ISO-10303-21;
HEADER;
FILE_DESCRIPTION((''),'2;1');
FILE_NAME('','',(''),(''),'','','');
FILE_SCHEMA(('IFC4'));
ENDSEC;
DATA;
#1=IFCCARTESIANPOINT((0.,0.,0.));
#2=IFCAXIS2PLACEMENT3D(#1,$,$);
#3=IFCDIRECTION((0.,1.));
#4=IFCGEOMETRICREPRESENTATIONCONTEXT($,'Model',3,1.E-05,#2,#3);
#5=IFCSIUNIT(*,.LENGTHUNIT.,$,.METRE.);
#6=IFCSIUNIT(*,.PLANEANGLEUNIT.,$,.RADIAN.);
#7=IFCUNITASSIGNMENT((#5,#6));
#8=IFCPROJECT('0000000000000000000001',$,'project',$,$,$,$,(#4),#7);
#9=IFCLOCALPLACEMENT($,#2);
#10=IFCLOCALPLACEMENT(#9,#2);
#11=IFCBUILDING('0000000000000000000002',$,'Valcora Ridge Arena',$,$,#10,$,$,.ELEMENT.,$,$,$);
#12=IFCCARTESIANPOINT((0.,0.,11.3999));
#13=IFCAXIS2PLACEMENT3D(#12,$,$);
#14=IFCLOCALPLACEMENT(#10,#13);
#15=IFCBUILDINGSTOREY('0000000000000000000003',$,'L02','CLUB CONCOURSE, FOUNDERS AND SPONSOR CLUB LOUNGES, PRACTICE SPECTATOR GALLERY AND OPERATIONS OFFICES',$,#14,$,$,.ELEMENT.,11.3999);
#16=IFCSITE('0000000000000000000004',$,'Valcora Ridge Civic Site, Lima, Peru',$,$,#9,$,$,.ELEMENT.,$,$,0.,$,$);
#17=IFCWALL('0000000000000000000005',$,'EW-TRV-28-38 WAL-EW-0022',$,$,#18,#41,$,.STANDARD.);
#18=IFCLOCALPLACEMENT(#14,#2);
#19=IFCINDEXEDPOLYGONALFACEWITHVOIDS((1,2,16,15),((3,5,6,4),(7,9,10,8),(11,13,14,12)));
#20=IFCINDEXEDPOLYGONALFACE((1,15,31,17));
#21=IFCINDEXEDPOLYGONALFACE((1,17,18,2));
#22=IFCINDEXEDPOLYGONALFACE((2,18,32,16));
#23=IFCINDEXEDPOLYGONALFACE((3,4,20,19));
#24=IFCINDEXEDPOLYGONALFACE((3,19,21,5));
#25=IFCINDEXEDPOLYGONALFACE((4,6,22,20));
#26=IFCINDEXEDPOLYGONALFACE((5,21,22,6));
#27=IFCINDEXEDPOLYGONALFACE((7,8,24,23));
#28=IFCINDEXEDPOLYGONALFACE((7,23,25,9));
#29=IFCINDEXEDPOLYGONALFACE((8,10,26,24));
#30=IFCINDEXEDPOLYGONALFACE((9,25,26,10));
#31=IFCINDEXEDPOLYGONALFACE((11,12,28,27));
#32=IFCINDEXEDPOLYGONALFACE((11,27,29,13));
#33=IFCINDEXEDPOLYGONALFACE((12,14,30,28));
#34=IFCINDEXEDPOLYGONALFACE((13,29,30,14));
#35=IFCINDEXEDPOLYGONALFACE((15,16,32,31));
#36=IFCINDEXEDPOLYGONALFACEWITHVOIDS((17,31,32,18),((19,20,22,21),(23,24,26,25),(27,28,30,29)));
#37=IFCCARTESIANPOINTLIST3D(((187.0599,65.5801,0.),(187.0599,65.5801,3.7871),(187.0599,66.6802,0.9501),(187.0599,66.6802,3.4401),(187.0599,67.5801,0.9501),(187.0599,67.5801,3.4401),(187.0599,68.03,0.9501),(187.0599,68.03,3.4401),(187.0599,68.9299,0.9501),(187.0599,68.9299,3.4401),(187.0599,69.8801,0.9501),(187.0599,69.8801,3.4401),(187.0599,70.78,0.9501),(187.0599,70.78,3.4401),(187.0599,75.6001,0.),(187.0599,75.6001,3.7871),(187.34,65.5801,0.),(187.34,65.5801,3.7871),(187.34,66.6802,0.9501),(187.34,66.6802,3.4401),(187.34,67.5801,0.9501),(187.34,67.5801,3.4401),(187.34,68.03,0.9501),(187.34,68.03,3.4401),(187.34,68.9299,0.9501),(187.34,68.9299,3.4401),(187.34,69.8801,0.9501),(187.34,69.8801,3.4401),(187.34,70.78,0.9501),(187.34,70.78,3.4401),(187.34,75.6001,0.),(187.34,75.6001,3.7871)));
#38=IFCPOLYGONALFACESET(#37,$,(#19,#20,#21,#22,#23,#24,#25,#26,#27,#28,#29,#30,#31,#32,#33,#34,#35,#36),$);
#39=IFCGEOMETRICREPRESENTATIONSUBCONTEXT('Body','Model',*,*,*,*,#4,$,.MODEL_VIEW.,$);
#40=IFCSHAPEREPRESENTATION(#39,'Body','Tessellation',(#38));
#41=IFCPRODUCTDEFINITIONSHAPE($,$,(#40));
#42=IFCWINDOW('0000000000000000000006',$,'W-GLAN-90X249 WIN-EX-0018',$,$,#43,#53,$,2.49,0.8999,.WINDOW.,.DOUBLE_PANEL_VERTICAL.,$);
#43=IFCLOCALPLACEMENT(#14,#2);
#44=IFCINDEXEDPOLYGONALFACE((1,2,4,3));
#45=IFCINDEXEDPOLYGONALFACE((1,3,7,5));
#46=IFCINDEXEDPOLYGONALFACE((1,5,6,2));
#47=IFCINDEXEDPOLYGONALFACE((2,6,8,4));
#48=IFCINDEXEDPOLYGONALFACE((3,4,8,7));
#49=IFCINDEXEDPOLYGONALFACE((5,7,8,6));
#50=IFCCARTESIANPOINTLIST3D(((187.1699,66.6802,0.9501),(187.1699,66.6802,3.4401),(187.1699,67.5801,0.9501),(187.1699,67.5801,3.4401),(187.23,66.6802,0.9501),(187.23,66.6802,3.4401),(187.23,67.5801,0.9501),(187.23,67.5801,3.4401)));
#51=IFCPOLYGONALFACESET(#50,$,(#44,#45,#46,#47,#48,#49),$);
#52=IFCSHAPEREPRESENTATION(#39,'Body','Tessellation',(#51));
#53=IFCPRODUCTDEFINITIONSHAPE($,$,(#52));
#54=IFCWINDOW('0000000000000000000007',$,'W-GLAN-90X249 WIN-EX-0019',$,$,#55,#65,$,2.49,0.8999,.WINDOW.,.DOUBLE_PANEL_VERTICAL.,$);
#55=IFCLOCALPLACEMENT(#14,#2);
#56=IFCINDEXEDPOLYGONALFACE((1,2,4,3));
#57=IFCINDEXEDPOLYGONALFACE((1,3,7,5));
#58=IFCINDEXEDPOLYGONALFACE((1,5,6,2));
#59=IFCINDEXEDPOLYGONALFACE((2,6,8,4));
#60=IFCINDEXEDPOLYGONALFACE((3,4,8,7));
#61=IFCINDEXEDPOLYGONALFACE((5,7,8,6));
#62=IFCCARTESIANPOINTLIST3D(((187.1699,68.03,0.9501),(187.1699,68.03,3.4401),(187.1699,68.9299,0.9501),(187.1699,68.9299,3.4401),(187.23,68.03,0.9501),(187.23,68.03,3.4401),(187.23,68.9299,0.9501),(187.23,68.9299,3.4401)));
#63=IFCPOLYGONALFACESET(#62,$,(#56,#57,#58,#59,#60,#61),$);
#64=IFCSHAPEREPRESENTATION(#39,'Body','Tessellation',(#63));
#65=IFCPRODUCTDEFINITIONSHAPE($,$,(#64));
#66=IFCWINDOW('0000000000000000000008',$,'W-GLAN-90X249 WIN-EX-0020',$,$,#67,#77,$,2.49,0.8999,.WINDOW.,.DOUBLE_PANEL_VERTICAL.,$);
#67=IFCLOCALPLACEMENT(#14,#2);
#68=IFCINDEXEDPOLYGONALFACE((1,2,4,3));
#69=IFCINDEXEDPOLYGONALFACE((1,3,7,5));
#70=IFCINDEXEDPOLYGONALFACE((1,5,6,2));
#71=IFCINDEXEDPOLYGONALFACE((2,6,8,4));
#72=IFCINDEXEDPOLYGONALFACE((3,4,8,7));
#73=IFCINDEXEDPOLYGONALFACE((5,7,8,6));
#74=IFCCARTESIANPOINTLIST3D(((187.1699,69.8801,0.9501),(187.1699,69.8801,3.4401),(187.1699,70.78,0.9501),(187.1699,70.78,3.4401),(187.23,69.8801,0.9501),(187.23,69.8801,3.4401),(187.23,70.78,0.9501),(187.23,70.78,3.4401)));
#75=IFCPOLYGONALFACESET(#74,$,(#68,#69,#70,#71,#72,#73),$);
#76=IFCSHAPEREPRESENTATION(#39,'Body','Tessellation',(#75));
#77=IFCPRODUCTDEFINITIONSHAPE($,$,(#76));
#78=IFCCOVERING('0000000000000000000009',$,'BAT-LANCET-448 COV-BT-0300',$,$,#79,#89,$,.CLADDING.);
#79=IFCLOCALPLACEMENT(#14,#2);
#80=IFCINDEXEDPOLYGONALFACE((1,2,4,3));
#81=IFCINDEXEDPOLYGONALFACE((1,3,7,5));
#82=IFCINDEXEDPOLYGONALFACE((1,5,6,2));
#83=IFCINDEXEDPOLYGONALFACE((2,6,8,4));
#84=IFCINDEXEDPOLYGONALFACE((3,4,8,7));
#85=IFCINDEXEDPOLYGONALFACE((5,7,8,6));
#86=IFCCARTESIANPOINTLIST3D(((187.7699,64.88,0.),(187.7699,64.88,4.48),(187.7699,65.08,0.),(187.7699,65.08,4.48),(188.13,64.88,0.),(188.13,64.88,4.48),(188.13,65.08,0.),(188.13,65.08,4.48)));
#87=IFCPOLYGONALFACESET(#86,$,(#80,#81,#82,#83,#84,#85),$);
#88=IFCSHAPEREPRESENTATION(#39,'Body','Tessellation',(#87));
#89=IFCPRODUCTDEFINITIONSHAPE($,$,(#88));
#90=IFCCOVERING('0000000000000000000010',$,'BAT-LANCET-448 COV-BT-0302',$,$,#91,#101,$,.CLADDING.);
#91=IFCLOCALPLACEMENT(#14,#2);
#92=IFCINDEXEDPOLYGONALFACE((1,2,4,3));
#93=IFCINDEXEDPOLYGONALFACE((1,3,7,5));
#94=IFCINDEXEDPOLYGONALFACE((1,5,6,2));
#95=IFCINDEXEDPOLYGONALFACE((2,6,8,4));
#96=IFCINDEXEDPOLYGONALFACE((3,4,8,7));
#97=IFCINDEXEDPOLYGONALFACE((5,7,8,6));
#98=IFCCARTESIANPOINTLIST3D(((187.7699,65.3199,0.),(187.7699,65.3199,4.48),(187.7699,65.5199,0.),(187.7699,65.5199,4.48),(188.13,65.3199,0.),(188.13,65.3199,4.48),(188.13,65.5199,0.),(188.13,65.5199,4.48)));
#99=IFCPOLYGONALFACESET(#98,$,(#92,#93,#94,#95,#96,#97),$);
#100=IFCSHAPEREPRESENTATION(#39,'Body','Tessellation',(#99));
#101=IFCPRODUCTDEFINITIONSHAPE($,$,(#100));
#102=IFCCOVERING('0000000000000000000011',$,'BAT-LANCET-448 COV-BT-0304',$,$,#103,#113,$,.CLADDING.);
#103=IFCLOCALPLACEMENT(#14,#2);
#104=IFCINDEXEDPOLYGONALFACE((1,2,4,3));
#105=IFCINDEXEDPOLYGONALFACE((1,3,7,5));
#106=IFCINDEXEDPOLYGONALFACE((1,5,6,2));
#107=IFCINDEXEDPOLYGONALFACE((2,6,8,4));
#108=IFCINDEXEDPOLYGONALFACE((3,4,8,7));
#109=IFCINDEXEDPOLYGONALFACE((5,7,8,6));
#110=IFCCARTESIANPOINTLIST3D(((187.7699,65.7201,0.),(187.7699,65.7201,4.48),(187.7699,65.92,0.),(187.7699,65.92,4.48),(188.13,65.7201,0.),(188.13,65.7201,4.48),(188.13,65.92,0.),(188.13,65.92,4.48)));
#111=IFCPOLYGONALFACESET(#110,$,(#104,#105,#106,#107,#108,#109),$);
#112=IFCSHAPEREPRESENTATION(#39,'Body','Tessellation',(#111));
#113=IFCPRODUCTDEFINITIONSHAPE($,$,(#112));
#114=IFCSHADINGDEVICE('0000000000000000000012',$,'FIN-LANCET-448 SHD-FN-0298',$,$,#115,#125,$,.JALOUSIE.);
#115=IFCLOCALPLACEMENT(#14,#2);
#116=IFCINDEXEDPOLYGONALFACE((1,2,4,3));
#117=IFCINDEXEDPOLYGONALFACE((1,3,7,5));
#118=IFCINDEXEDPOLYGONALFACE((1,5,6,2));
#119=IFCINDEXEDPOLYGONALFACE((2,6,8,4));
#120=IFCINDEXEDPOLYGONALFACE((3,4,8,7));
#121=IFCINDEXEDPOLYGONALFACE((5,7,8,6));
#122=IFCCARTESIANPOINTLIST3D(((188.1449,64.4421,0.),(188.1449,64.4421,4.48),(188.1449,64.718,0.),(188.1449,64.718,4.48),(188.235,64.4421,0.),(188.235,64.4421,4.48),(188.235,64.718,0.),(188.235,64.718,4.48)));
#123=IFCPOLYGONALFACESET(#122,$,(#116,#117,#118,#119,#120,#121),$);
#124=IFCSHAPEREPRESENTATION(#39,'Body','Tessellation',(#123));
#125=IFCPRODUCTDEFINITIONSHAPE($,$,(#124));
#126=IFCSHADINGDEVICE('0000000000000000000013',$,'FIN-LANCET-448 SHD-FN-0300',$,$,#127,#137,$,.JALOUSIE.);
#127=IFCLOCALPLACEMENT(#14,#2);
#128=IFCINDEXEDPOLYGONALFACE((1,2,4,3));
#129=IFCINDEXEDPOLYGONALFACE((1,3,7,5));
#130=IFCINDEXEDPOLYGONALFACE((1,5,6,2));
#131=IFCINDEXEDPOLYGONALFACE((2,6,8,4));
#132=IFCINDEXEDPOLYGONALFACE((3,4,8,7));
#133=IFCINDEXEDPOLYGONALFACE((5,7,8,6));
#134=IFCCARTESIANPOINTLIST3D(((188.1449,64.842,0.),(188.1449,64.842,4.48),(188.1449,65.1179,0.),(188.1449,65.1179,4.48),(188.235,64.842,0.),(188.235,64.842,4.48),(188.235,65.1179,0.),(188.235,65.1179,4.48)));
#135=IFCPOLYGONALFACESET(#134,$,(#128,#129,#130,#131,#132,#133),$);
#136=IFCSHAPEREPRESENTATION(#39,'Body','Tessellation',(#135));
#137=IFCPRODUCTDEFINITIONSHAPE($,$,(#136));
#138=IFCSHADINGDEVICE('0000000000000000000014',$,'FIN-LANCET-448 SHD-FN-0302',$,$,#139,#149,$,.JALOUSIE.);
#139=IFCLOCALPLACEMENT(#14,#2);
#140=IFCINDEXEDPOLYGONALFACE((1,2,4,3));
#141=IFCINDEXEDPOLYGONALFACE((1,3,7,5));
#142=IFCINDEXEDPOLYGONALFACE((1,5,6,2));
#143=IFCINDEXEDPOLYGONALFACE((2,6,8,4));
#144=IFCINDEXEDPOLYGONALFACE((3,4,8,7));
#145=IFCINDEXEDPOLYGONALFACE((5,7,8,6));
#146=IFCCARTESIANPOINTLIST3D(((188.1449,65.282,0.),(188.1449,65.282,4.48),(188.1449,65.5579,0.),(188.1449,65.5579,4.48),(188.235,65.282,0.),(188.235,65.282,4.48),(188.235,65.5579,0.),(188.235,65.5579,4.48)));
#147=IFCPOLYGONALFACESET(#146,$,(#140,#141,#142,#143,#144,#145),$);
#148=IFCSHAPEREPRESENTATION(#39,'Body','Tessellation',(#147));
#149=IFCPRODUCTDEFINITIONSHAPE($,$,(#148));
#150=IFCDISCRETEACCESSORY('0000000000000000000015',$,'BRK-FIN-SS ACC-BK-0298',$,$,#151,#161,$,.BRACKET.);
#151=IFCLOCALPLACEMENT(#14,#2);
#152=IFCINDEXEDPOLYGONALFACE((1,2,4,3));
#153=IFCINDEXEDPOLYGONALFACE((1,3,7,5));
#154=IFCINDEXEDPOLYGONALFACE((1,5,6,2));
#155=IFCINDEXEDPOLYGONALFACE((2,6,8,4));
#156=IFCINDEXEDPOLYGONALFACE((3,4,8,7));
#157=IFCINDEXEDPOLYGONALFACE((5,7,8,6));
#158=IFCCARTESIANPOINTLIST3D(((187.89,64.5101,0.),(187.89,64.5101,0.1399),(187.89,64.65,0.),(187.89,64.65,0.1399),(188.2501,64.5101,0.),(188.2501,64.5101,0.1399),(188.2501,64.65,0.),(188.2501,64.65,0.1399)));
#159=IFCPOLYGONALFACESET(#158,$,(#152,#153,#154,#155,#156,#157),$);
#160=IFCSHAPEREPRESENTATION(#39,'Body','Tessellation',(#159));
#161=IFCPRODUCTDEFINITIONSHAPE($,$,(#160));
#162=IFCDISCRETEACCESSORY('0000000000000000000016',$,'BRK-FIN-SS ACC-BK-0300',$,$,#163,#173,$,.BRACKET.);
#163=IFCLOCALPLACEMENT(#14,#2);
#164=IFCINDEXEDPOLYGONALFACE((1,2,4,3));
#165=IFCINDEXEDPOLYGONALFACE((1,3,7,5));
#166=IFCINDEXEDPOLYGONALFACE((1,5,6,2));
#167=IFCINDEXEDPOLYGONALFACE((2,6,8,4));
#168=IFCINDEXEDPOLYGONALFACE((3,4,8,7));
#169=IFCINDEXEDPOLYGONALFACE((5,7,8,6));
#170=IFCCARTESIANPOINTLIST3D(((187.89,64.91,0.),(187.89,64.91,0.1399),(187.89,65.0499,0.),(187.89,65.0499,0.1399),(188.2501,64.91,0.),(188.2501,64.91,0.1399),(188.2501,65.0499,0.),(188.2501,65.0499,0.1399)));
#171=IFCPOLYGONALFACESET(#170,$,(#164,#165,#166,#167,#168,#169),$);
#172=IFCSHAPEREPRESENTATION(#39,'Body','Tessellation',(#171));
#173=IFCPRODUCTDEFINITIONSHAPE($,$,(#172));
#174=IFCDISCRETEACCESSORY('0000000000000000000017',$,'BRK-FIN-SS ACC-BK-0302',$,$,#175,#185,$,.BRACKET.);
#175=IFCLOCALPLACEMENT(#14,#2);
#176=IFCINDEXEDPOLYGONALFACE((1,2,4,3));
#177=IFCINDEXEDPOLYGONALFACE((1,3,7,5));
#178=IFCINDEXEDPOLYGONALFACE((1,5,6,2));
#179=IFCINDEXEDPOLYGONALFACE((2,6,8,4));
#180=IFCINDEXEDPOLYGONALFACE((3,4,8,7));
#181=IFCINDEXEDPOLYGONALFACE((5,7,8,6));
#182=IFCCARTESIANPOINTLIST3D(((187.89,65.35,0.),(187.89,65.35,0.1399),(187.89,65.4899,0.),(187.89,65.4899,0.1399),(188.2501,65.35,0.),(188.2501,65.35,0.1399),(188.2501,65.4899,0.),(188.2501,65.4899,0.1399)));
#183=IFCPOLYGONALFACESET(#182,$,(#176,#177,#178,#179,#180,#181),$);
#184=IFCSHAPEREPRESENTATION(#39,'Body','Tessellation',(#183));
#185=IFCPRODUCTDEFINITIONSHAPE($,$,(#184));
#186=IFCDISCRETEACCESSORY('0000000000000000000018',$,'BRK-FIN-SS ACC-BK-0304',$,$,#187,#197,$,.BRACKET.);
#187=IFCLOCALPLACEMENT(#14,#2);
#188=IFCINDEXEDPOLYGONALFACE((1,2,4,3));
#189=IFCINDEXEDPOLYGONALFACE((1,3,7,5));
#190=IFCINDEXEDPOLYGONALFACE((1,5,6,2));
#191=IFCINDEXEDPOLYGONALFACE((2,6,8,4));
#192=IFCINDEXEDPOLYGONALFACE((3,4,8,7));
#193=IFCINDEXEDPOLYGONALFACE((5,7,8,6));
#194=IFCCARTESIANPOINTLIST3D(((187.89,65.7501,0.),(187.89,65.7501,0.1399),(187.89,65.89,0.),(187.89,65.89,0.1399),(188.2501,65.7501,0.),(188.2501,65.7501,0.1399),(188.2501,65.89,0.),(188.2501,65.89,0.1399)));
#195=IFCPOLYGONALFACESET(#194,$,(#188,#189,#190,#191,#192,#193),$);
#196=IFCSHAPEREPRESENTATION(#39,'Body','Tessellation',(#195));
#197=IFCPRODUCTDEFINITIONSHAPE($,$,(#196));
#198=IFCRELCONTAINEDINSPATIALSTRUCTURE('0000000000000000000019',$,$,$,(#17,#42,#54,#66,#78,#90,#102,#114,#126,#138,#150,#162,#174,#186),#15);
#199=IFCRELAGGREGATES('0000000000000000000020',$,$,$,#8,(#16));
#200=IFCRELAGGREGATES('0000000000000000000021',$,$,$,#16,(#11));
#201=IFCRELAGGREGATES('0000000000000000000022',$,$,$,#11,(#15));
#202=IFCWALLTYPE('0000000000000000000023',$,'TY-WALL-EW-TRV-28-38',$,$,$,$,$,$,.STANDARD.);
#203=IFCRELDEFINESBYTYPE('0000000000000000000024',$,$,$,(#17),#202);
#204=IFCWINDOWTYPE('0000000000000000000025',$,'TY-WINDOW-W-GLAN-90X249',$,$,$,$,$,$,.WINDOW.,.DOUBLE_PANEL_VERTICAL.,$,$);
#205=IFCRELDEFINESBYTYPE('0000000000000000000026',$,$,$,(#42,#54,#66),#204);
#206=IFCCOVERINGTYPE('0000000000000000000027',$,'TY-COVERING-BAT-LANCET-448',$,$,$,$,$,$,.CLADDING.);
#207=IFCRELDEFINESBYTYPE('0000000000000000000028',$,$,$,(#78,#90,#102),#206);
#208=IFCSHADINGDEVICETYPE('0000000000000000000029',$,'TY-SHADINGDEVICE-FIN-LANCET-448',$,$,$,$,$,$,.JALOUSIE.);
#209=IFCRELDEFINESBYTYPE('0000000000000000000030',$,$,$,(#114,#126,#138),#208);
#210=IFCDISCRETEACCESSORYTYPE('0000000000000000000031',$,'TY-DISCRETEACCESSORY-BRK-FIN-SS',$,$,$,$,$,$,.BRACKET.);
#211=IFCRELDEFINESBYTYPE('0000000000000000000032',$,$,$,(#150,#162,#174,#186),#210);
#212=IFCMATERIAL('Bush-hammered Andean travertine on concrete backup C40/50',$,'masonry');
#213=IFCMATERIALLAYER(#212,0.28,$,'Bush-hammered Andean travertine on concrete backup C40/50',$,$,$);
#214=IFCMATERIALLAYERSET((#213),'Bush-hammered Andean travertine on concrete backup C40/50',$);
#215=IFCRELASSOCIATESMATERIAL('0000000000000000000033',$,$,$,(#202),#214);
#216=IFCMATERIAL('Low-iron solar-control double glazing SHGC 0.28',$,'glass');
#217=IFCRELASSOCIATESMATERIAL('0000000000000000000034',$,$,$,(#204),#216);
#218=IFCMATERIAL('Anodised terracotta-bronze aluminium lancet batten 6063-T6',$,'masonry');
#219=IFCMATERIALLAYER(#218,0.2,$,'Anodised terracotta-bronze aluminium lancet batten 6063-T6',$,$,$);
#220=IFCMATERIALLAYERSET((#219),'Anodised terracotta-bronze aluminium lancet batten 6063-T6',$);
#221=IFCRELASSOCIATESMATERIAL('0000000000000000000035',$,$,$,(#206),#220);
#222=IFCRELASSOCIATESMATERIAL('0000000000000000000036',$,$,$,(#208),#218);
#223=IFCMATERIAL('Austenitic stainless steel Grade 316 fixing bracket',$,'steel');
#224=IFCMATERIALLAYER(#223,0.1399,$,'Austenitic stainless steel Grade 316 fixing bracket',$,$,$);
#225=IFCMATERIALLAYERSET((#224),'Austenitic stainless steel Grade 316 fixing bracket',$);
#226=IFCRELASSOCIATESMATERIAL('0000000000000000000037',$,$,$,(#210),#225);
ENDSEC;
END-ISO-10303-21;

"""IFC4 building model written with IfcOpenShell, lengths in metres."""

from ifc_helpers import new_model, si_unit, direction, frame, frame_2d, origin, origin_2d, place, context, subcontext, project, spatial, rectangle, extrude, material, layer, layer_set, material_profile, profile_set, type_object, element, fill, save


model = new_model("IFC4")

# Units and contexts
model_context = context("Model", 3, precision=1e-05, world=origin(), true_north=direction((0.0, 1.0)))
body_context = subcontext(model_context, "Body", "Model", "MODEL_VIEW")
ifc_project = project(units=[si_unit("LENGTHUNIT", "METRE"), si_unit("PLANEANGLEUNIT", "RADIAN")], contexts=[model_context])

# Site, building, storey
site_placement = place(None, origin())
site = spatial("IfcSite", under=ifc_project, at=site_placement, Name="Valcora Ridge Civic Site, Lima, Peru", CompositionType="ELEMENT", RefElevation=0.0)
building_placement = place(site_placement, origin())
building = spatial("IfcBuilding", under=site, at=building_placement, Name="Valcora Ridge Arena", CompositionType="ELEMENT")
storey_placement = place(building_placement, frame((0.0, 0.0, 11.3999)))
storey = spatial("IfcBuildingStorey", under=building, at=storey_placement, Name="L02", Description="CLUB CONCOURSE, FOUNDERS AND SPONSOR CLUB LOUNGES, PRACTICE SPECTATOR GALLERY AND OPERATIONS OFFICES", CompositionType="ELEMENT", Elevation=11.3999)

# Shared definitions
ifc_material_1 = material(Name="Low-iron solar-control double glazing SHGC 0.28", Category="glass")

# Wall, openings, windows
ifc_material_2 = material(Name="Bush-hammered Andean travertine on concrete backup C40/50", Category="masonry")
ifc_layer_1 = layer(ifc_material_2, 0.28, Name="Bush-hammered Andean travertine on concrete backup C40/50")
ifc_layer_set_1 = layer_set([ifc_layer_1], Name="Bush-hammered Andean travertine on concrete backup C40/50")
wall_type = type_object("IfcWallType", Name="TY-WALL-EW-TRV-28-38", PredefinedType="STANDARD", material=ifc_layer_set_1)
wall_placement = place(storey_placement, frame((187.2, 65.5801, 0.0), z_axis=(0.0, 0.0, 1.0), x_axis=(0.0, 1.0, 0.0)))
wall = element("IfcWall", 1, at=wall_placement, inside=storey, type_object=wall_type, Name="EW-TRV-28-38 WAL-EW-0022", PredefinedType="STANDARD", context=body_context, shape_type="SweptSolid", body=[
    extrude(rectangle(XDim=10.02, YDim=0.28, at=frame_2d((5.01, 0.0))), origin(), (0.0, 0.0, 1.0), 3.7871),
])
opening_1_placement = place(wall_placement, frame((1.1001, 0.0, 0.95)))
opening_1 = element("IfcOpeningElement", 2, at=opening_1_placement, cuts=wall, PredefinedType="OPENING", context=body_context, shape_type="SweptSolid", body=[
    extrude(rectangle(XDim=0.8999, YDim=2.49, at=frame_2d((0.45, 1.2451))), frame((0.0, 0.1499, 0.0), z_axis=(0.0, -1.0, 0.0), x_axis=(1.0, 0.0, 0.0)), (0.0, 0.0, 1.0), 0.3),
])
opening_2_placement = place(wall_placement, frame((2.45, 0.0, 0.95)))
opening_2 = element("IfcOpeningElement", 3, at=opening_2_placement, cuts=wall, PredefinedType="OPENING", context=body_context, shape_type="SweptSolid", body=[
    extrude(rectangle(XDim=0.8999, YDim=2.49, at=frame_2d((0.45, 1.2451))), frame((0.0, 0.1499, 0.0), z_axis=(0.0, -1.0, 0.0), x_axis=(1.0, 0.0, 0.0)), (0.0, 0.0, 1.0), 0.3),
])
opening_3_placement = place(wall_placement, frame((4.3, 0.0, 0.95)))
opening_3 = element("IfcOpeningElement", 4, at=opening_3_placement, cuts=wall, PredefinedType="OPENING", context=body_context, shape_type="SweptSolid", body=[
    extrude(rectangle(XDim=0.8999, YDim=2.49, at=frame_2d((0.45, 1.2451))), frame((0.0, 0.1499, 0.0), z_axis=(0.0, -1.0, 0.0), x_axis=(1.0, 0.0, 0.0)), (0.0, 0.0, 1.0), 0.3),
])
window_type = type_object("IfcWindowType", Name="TY-WINDOW-W-GLAN-90X249", PartitioningType="DOUBLE_PANEL_VERTICAL", PredefinedType="WINDOW", material=ifc_material_1)
window_1_placement = place(opening_1_placement, origin())
window_1 = element("IfcWindow", 5, at=window_1_placement, inside=storey, type_object=window_type, Name="W-GLAN-90X249 WIN-EX-0018", OverallHeight=2.49, OverallWidth=0.8999, PartitioningType="DOUBLE_PANEL_VERTICAL", PredefinedType="WINDOW", context=body_context, shape_type="SweptSolid", body=[
    extrude(rectangle(XDim=0.8999, YDim=2.49, at=frame_2d((0.45, 1.2451))), frame((0.0, 0.03, 0.0), z_axis=(0.0, -1.0, 0.0), x_axis=(1.0, 0.0, 0.0)), (0.0, 0.0, 1.0), 0.0601),
])
fill(opening_1, window_1)
window_2_placement = place(opening_2_placement, origin())
window_2 = element("IfcWindow", 6, at=window_2_placement, inside=storey, type_object=window_type, Name="W-GLAN-90X249 WIN-EX-0019", OverallHeight=2.49, OverallWidth=0.8999, PartitioningType="DOUBLE_PANEL_VERTICAL", PredefinedType="WINDOW", context=body_context, shape_type="SweptSolid", body=[
    extrude(rectangle(XDim=0.8999, YDim=2.49, at=frame_2d((0.45, 1.2451))), frame((0.0, 0.03, 0.0), z_axis=(0.0, -1.0, 0.0), x_axis=(1.0, 0.0, 0.0)), (0.0, 0.0, 1.0), 0.0601),
])
fill(opening_2, window_2)
window_3_placement = place(opening_3_placement, origin())
window_3 = element("IfcWindow", 7, at=window_3_placement, inside=storey, type_object=window_type, Name="W-GLAN-90X249 WIN-EX-0020", OverallHeight=2.49, OverallWidth=0.8999, PartitioningType="DOUBLE_PANEL_VERTICAL", PredefinedType="WINDOW", context=body_context, shape_type="SweptSolid", body=[
    extrude(rectangle(XDim=0.8999, YDim=2.49, at=frame_2d((0.45, 1.2451))), frame((0.0, 0.03, 0.0), z_axis=(0.0, -1.0, 0.0), x_axis=(1.0, 0.0, 0.0)), (0.0, 0.0, 1.0), 0.0601),
])
fill(opening_3, window_3)

# Coverings
ifc_material_3 = material(Name="Anodised terracotta-bronze aluminium lancet batten 6063-T6", Category="masonry")
ifc_layer_2 = layer(ifc_material_3, 0.2, Name="Anodised terracotta-bronze aluminium lancet batten 6063-T6")
ifc_layer_set_2 = layer_set([ifc_layer_2], Name="Anodised terracotta-bronze aluminium lancet batten 6063-T6")
covering_type = type_object("IfcCoveringType", Name="TY-COVERING-BAT-LANCET-448", PredefinedType="CLADDING", material=ifc_layer_set_2)
for number, where, z_axis, x_axis, name in (
    (8, (187.95, 64.98, 0.0), (0.0, 0.0, 1.0), (1.0, 0.0, 0.0), "BAT-LANCET-448 COV-BT-0300"),
    (9, (187.95, 65.4199, 0.0), (0.0, 0.0, 1.0), (1.0, 0.0, 0.0), "BAT-LANCET-448 COV-BT-0302"),
    (10, (187.95, 65.8201, 0.0), (0.0, 0.0, 1.0), (1.0, 0.0, 0.0), "BAT-LANCET-448 COV-BT-0304"),
):
    element("IfcCovering", number, at=place(storey_placement, frame(where, z_axis=z_axis, x_axis=x_axis)), inside=storey, type_object=covering_type, Name=name, PredefinedType="CLADDING", context=body_context, shape_type="SweptSolid", body=[
        extrude(rectangle(XDim=0.3601, YDim=0.2, at=origin_2d()), origin(), (0.0, 0.0, 1.0), 4.48),
    ])

# Shading devices
ifc_material_profile_1 = material_profile(ifc_material_3, rectangle(XDim=0.0901, YDim=0.2759, at=origin_2d()), Name="ALU LANCET BATTEN 90x276")
ifc_profile_set_1 = profile_set([ifc_material_profile_1], Name="Anodised terracotta-bronze aluminium lancet batten 6063-T6")
shading_device_type = type_object("IfcShadingDeviceType", Name="TY-SHADINGDEVICE-FIN-LANCET-448", PredefinedType="JALOUSIE", material=ifc_profile_set_1)
for number, where, z_axis, x_axis, name in (
    (11, (188.1899, 64.5801, 0.0), (0.0, 0.0, 1.0), (1.0, 0.0, 0.0), "FIN-LANCET-448 SHD-FN-0298"),
    (12, (188.1899, 64.98, 0.0), (0.0, 0.0, 1.0), (1.0, 0.0, 0.0), "FIN-LANCET-448 SHD-FN-0300"),
    (13, (188.1899, 65.4199, 0.0), (0.0, 0.0, 1.0), (1.0, 0.0, 0.0), "FIN-LANCET-448 SHD-FN-0302"),
):
    element("IfcShadingDevice", number, at=place(storey_placement, frame(where, z_axis=z_axis, x_axis=x_axis)), inside=storey, type_object=shading_device_type, Name=name, PredefinedType="JALOUSIE", context=body_context, shape_type="SweptSolid", body=[
        extrude(rectangle(XDim=0.0901, YDim=0.2759, at=origin_2d()), origin(), (0.0, 0.0, 1.0), 4.48),
    ])

# Discrete accessories
ifc_material_4 = material(Name="Austenitic stainless steel Grade 316 fixing bracket", Category="steel")
ifc_layer_3 = layer(ifc_material_4, 0.1399, Name="Austenitic stainless steel Grade 316 fixing bracket")
ifc_layer_set_3 = layer_set([ifc_layer_3], Name="Austenitic stainless steel Grade 316 fixing bracket")
discrete_accessory_type = type_object("IfcDiscreteAccessoryType", Name="TY-DISCRETEACCESSORY-BRK-FIN-SS", PredefinedType="BRACKET", material=ifc_layer_set_3)
for number, where, z_axis, x_axis, name in (
    (14, (188.0701, 64.5801, 0.0), (0.0, 0.0, 1.0), (1.0, 0.0, 0.0), "BRK-FIN-SS ACC-BK-0298"),
    (15, (188.0701, 64.98, 0.0), (0.0, 0.0, 1.0), (1.0, 0.0, 0.0), "BRK-FIN-SS ACC-BK-0300"),
    (16, (188.0701, 65.4199, 0.0), (0.0, 0.0, 1.0), (1.0, 0.0, 0.0), "BRK-FIN-SS ACC-BK-0302"),
    (17, (188.0701, 65.8201, 0.0), (0.0, 0.0, 1.0), (1.0, 0.0, 0.0), "BRK-FIN-SS ACC-BK-0304"),
):
    element("IfcDiscreteAccessory", number, at=place(storey_placement, frame(where, z_axis=z_axis, x_axis=x_axis)), inside=storey, type_object=discrete_accessory_type, Name=name, PredefinedType="BRACKET", context=body_context, shape_type="SweptSolid", body=[
        extrude(rectangle(XDim=0.3601, YDim=0.1399, at=origin_2d()), origin(), (0.0, 0.0, 1.0), 0.1399),
    ])

save(model, "model.ifc")
